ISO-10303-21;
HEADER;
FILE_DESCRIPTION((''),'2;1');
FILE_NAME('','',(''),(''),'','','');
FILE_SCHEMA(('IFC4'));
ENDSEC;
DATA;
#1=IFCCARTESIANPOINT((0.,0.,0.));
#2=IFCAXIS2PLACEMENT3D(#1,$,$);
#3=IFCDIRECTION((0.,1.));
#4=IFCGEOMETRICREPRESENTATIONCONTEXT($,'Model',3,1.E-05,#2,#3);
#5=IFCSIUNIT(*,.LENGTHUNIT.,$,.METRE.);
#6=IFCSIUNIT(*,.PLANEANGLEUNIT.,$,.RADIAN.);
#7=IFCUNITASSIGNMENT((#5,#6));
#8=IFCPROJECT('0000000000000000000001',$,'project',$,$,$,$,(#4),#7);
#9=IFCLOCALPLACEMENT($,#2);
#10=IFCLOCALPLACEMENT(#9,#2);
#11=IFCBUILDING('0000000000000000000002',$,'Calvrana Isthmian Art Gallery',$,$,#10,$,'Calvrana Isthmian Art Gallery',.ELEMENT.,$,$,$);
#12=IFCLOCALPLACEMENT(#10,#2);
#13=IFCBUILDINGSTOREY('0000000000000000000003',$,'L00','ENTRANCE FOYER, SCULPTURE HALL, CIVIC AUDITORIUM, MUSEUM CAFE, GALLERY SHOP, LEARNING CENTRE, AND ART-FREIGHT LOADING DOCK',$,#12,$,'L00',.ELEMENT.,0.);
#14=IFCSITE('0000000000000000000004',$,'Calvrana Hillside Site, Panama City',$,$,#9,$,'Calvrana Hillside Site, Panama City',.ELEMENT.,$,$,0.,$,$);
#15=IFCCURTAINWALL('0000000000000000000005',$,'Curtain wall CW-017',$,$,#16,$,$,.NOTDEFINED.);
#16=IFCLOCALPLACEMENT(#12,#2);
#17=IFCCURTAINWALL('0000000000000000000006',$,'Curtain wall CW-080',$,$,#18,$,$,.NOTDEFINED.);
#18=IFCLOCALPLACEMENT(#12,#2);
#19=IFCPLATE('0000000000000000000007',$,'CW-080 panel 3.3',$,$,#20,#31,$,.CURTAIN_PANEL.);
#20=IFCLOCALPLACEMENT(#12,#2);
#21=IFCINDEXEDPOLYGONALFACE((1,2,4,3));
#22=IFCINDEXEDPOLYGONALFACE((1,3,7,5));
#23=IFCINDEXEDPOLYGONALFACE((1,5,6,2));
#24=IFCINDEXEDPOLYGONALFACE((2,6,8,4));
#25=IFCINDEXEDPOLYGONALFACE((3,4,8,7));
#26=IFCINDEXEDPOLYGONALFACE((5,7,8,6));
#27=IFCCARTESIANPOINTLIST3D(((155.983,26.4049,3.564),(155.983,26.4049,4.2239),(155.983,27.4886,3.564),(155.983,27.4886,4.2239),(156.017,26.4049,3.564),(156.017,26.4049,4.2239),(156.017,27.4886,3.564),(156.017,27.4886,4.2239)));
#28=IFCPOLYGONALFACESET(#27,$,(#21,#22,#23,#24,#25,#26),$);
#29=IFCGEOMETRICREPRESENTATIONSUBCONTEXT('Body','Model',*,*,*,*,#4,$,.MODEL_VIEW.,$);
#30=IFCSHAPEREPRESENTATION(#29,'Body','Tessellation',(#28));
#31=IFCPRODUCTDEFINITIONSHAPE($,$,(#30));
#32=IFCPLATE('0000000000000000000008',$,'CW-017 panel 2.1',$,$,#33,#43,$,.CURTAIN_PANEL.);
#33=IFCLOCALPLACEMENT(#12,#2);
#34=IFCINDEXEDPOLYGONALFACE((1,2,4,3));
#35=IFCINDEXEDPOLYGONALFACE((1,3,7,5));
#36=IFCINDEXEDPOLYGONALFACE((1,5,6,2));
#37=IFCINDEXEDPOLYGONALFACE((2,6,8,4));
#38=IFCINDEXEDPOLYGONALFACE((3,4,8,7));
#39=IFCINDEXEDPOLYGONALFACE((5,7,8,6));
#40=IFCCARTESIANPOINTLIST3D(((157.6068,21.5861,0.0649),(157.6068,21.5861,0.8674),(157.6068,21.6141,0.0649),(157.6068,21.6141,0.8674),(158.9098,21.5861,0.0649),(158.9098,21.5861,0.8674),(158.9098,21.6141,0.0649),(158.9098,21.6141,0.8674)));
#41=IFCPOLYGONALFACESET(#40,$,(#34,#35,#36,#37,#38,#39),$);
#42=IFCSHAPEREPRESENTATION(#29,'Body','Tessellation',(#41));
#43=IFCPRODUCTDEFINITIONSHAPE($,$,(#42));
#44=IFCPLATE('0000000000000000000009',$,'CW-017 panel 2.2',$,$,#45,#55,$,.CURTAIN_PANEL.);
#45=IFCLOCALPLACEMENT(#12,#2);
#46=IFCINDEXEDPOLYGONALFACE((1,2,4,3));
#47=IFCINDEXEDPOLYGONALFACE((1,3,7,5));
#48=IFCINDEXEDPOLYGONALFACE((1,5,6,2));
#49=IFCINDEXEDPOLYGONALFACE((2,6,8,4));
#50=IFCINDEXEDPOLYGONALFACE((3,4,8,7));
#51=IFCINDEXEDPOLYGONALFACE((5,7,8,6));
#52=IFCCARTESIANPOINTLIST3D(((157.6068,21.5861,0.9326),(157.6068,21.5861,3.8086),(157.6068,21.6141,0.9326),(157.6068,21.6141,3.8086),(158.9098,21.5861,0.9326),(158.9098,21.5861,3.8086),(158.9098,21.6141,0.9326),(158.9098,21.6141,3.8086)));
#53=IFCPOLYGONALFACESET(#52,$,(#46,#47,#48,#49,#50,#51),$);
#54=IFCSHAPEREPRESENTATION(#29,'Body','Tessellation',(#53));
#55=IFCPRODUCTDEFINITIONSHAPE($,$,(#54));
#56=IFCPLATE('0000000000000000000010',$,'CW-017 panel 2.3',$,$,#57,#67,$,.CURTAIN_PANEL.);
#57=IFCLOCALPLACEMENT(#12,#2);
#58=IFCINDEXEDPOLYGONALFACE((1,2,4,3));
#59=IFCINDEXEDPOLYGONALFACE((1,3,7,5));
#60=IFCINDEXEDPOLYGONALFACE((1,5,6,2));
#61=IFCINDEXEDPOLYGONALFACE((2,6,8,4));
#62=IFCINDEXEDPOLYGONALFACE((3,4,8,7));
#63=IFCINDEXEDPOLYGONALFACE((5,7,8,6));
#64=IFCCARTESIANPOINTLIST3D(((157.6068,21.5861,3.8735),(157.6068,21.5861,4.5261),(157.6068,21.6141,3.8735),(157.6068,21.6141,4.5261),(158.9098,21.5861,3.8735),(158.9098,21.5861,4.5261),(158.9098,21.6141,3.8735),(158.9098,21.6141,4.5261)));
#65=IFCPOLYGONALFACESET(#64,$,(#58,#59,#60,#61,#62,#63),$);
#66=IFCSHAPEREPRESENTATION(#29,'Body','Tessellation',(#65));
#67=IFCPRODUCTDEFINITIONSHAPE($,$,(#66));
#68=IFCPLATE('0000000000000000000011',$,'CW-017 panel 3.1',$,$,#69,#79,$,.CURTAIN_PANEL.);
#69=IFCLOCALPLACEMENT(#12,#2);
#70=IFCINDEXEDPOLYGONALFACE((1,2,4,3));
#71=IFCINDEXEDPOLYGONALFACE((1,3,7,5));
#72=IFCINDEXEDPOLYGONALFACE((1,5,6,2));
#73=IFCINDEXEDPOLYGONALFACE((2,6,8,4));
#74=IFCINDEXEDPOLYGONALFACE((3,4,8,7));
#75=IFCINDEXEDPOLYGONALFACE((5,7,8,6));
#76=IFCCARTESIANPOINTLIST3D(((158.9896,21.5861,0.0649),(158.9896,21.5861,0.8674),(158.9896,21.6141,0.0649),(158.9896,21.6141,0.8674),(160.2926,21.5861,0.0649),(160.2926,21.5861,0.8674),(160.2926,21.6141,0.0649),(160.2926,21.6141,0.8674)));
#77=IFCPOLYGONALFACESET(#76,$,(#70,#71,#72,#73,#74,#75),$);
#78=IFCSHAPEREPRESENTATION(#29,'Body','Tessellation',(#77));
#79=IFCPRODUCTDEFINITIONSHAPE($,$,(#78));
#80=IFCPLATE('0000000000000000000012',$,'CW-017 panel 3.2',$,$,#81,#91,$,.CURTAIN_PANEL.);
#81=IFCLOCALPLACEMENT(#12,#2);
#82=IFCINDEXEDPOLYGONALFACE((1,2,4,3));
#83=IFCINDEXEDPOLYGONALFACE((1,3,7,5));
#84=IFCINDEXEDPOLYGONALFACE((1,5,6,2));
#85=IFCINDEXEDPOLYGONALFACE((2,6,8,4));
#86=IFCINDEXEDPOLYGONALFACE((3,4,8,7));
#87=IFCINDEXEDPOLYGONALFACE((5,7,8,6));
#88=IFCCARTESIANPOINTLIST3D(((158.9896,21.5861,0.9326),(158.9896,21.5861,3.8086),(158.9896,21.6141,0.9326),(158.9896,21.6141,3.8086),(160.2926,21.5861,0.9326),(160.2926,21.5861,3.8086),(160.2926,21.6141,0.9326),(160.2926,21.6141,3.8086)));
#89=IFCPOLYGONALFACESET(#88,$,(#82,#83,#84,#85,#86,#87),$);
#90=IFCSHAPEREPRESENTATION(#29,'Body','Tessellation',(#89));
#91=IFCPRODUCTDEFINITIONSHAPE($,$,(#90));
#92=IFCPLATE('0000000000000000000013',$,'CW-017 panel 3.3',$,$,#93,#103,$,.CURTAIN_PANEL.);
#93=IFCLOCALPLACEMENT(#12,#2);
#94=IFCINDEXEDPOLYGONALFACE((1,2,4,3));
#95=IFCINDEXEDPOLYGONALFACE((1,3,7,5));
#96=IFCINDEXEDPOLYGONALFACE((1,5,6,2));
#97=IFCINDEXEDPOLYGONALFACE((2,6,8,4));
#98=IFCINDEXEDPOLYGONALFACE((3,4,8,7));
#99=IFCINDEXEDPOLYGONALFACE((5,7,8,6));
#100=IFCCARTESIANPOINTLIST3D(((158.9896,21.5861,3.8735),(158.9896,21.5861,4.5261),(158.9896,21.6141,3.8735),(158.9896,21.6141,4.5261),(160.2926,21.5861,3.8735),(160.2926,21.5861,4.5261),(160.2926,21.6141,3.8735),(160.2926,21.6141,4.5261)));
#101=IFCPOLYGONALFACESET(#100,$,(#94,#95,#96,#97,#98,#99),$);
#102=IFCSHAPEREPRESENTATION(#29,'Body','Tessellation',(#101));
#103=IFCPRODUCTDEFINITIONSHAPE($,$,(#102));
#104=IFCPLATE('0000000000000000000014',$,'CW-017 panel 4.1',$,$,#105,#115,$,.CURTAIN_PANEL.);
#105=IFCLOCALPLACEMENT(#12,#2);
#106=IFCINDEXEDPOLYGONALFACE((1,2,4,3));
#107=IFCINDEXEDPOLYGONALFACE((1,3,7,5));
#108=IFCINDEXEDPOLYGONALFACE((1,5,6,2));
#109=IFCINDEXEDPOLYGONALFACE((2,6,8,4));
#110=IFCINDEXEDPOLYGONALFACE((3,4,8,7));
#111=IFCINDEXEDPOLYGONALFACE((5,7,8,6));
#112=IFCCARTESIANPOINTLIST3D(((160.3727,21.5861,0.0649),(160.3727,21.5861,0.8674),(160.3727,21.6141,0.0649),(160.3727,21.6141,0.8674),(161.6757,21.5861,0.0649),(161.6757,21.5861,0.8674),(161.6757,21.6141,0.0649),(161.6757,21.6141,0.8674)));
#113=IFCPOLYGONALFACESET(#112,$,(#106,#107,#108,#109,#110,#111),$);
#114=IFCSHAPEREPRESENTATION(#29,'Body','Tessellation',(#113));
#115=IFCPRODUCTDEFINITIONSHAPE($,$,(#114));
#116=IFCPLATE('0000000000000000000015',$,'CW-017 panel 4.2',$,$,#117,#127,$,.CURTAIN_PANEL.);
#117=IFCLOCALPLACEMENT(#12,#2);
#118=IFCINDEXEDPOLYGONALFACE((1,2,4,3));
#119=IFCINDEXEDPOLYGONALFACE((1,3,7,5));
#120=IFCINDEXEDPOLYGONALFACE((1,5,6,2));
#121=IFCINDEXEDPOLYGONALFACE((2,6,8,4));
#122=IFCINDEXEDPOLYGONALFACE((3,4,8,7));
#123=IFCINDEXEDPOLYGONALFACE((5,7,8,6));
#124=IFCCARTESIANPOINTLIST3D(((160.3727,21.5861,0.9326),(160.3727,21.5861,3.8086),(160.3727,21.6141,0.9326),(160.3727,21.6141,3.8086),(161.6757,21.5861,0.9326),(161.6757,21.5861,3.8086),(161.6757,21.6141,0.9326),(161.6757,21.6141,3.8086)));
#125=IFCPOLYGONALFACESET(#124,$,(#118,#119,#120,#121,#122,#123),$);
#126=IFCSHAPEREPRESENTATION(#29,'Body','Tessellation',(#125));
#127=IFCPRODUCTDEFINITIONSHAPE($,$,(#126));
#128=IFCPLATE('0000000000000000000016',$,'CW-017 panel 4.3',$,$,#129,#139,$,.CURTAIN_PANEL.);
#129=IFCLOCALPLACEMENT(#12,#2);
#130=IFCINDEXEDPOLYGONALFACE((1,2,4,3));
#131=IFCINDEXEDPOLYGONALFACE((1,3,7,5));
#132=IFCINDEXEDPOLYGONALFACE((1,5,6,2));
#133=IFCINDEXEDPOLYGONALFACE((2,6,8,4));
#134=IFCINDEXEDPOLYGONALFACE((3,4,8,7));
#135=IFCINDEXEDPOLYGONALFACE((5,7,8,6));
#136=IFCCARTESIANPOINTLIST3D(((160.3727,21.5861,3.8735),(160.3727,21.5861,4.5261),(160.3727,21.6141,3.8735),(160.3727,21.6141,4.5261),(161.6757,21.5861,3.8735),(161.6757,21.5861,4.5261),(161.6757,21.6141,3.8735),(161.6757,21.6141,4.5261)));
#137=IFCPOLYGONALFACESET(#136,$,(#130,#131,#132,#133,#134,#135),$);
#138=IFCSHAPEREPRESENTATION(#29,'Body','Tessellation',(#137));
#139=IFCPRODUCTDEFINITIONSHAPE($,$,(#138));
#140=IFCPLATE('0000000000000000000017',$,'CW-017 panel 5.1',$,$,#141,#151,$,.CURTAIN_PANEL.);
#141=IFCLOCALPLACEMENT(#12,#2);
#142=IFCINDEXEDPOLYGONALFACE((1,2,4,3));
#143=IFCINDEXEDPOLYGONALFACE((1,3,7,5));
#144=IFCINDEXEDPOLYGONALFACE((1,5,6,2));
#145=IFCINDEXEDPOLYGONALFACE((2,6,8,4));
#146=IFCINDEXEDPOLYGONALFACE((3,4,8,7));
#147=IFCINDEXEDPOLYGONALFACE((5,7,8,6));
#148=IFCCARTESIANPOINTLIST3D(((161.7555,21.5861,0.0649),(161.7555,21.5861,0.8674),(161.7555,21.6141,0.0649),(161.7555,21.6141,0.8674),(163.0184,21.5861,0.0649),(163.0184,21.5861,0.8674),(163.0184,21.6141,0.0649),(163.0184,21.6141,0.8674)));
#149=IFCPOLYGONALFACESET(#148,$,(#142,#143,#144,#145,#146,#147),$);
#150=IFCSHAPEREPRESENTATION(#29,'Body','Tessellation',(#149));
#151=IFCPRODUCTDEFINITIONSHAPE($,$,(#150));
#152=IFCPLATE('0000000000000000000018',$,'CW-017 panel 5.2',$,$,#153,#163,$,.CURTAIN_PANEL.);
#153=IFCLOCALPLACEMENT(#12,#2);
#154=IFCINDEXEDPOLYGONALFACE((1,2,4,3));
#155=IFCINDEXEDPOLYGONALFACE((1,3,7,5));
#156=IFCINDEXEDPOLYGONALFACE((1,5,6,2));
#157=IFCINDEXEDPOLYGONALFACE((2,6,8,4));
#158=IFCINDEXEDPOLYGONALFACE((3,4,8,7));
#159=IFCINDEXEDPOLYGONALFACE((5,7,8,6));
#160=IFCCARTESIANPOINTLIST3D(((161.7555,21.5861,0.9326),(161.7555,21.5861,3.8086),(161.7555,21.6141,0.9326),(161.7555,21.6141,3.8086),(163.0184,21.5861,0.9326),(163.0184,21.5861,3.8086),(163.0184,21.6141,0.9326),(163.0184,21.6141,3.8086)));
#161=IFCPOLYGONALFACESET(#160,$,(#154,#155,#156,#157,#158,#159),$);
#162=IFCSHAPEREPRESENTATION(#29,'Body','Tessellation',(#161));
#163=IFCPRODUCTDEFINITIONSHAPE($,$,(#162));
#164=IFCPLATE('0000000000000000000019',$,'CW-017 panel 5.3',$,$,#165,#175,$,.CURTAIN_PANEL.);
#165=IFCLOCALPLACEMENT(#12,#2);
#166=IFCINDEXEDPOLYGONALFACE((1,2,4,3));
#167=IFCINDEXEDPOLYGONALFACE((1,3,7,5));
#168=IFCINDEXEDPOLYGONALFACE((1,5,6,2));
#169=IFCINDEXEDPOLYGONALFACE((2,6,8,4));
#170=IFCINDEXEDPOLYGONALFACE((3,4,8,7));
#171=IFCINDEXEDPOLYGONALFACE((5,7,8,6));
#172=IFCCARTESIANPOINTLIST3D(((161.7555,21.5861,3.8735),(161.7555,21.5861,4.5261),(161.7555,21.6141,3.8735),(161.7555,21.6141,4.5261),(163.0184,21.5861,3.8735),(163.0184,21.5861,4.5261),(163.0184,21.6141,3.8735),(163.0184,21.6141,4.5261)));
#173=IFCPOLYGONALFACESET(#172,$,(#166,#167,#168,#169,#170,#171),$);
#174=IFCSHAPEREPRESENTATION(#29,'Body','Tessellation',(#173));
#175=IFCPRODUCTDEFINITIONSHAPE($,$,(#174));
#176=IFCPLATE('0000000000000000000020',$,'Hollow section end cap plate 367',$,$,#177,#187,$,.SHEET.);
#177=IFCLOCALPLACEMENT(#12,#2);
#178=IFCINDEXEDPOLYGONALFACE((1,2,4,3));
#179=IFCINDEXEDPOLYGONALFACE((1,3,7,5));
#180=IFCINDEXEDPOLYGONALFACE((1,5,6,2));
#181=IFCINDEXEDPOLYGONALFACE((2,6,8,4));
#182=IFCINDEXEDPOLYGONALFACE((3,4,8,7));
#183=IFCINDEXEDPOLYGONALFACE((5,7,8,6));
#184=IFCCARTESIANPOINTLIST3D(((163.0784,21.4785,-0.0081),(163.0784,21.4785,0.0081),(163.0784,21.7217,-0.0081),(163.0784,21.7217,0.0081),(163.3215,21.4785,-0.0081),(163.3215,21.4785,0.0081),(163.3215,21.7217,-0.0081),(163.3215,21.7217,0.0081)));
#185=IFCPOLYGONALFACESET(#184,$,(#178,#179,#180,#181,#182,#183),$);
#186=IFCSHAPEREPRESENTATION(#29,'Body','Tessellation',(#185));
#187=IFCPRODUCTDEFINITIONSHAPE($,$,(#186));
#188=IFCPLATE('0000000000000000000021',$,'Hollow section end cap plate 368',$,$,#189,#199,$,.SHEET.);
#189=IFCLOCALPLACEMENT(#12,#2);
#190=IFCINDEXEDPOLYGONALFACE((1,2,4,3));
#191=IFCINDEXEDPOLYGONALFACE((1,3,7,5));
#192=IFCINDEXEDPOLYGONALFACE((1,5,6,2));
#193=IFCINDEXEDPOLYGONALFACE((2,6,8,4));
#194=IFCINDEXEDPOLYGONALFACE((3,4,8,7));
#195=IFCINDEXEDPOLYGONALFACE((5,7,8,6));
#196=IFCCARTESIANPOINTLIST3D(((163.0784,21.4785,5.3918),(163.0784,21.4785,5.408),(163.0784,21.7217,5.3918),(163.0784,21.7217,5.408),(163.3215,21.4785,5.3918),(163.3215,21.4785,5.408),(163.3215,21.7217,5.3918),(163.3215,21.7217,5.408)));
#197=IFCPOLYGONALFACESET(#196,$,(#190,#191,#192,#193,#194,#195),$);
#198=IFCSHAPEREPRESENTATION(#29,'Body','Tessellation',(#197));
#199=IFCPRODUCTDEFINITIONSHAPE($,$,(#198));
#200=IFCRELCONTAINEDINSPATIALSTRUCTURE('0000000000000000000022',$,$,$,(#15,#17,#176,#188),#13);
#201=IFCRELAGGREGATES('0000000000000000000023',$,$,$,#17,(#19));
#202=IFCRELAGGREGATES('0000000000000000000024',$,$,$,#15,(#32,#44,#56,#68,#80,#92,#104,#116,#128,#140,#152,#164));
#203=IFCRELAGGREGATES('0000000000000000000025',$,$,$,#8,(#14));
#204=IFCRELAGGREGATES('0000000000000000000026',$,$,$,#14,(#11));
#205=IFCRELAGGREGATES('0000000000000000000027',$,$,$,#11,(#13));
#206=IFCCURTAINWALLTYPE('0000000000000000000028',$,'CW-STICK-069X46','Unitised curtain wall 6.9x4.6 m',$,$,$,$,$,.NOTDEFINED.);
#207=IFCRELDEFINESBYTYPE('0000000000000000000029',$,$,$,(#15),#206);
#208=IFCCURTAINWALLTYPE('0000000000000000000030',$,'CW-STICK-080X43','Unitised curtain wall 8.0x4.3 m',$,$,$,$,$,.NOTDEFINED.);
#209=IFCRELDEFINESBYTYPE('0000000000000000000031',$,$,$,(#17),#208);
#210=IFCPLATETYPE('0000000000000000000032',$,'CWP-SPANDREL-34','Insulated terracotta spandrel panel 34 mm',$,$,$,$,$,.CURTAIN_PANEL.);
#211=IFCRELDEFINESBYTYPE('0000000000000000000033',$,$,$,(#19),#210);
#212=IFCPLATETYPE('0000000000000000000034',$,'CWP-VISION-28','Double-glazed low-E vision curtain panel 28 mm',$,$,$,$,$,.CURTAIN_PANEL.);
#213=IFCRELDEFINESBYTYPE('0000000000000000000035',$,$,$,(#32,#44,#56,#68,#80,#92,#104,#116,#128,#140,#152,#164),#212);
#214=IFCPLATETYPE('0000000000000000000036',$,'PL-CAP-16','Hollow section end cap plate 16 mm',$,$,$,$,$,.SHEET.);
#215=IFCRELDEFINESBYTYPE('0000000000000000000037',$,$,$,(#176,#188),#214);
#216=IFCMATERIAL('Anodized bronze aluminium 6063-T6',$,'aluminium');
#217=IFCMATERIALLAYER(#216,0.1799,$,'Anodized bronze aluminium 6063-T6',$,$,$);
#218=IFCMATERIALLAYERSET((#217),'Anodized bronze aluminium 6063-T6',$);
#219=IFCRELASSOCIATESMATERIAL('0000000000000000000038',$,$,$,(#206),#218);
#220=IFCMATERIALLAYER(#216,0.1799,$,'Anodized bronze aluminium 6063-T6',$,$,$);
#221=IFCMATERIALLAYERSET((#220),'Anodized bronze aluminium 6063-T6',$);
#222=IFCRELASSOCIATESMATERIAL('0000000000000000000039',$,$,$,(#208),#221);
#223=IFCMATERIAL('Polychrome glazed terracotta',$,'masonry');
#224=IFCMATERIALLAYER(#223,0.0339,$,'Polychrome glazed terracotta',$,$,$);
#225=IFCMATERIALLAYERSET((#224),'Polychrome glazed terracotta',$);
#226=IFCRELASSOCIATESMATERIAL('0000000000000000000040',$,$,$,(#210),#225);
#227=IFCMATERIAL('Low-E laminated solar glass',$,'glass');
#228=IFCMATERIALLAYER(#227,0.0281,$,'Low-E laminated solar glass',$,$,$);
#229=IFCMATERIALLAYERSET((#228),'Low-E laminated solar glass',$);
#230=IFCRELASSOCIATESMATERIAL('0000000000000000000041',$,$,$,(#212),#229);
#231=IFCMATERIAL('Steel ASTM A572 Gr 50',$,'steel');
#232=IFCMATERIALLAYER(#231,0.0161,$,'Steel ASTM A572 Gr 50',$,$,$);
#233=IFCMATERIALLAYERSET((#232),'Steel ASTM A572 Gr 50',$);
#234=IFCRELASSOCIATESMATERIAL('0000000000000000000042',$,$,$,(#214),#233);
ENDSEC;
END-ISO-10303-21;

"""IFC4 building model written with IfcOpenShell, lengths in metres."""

from ifc_helpers import new_model, si_unit, direction, frame, origin, origin_2d, place, context, subcontext, project, spatial, rectangle, extrude, material, layer, layer_set, type_object, element, aggregate, save


model = new_model("IFC4")

# Units and contexts
model_context = context("Model", 3, precision=1e-05, world=origin(), true_north=direction((0.0, 1.0)))
body_context = subcontext(model_context, "Body", "Model", "MODEL_VIEW")
ifc_project = project(units=[si_unit("LENGTHUNIT", "METRE"), si_unit("PLANEANGLEUNIT", "RADIAN")], contexts=[model_context])

# Site, building, storey
site_placement = place(None, origin())
site = spatial("IfcSite", under=ifc_project, at=site_placement, Name="Calvrana Hillside Site, Panama City", LongName="Calvrana Hillside Site, Panama City", CompositionType="ELEMENT", RefElevation=0.0)
building_placement = place(site_placement, origin())
building = spatial("IfcBuilding", under=site, at=building_placement, Name="Calvrana Isthmian Art Gallery", LongName="Calvrana Isthmian Art Gallery", CompositionType="ELEMENT")
storey_placement = place(building_placement, origin())
storey = spatial("IfcBuildingStorey", under=building, at=storey_placement, Name="L00", Description="ENTRANCE FOYER, SCULPTURE HALL, CIVIC AUDITORIUM, MUSEUM CAFE, GALLERY SHOP, LEARNING CENTRE, AND ART-FREIGHT LOADING DOCK", LongName="L00", CompositionType="ELEMENT", Elevation=0.0)

# Curtain wall
ifc_material_1 = material(Name="Anodized bronze aluminium 6063-T6", Category="aluminium")
ifc_layer_1 = layer(ifc_material_1, 0.1799, Name="Anodized bronze aluminium 6063-T6")
ifc_layer_set_1 = layer_set([ifc_layer_1], Name="Anodized bronze aluminium 6063-T6")
curtain_wall_type_1 = type_object("IfcCurtainWallType", Name="CW-STICK-069X46", Description="Unitised curtain wall 6.9x4.6 m", PredefinedType="NOTDEFINED", material=ifc_layer_set_1)
curtain_wall_1_placement = place(storey_placement, origin())
curtain_wall_1 = element("IfcCurtainWall", 1, at=curtain_wall_1_placement, inside=storey, type_object=curtain_wall_type_1, Name="Curtain wall CW-017", PredefinedType="NOTDEFINED")

# Curtain wall, plate
ifc_layer_2 = layer(ifc_material_1, 0.1799, Name="Anodized bronze aluminium 6063-T6")
ifc_layer_set_2 = layer_set([ifc_layer_2], Name="Anodized bronze aluminium 6063-T6")
curtain_wall_type_2 = type_object("IfcCurtainWallType", Name="CW-STICK-080X43", Description="Unitised curtain wall 8.0x4.3 m", PredefinedType="NOTDEFINED", material=ifc_layer_set_2)
curtain_wall_2_placement = place(storey_placement, origin())
curtain_wall_2 = element("IfcCurtainWall", 2, at=curtain_wall_2_placement, inside=storey, type_object=curtain_wall_type_2, Name="Curtain wall CW-080", PredefinedType="NOTDEFINED")
ifc_material_2 = material(Name="Polychrome glazed terracotta", Category="masonry")
ifc_layer_3 = layer(ifc_material_2, 0.0339, Name="Polychrome glazed terracotta")
ifc_layer_set_3 = layer_set([ifc_layer_3], Name="Polychrome glazed terracotta")
plate_type_1 = type_object("IfcPlateType", Name="CWP-SPANDREL-34", Description="Insulated terracotta spandrel panel 34 mm", PredefinedType="CURTAIN_PANEL", material=ifc_layer_set_3)
plate_1_placement = place(storey_placement, frame((156.0, 26.9468, 3.564), z_axis=(0.0, 0.0, 1.0), x_axis=(0.0, -1.0, 0.0)))
plate_1 = element("IfcPlate", 3, at=plate_1_placement, type_object=plate_type_1, Name="CW-080 panel 3.3", PredefinedType="CURTAIN_PANEL", context=body_context, shape_type="SweptSolid", body=[
    extrude(rectangle(XDim=1.0837, YDim=0.0339, at=origin_2d()), origin(), (0.0, 0.0, 1.0), 0.6599),
])
aggregate(curtain_wall_2, [plate_1])

# Plates
ifc_material_3 = material(Name="Low-E laminated solar glass", Category="glass")
ifc_layer_4 = layer(ifc_material_3, 0.0281, Name="Low-E laminated solar glass")
ifc_layer_set_4 = layer_set([ifc_layer_4], Name="Low-E laminated solar glass")
plate_type_2 = type_object("IfcPlateType", Name="CWP-VISION-28", Description="Double-glazed low-E vision curtain panel 28 mm", PredefinedType="CURTAIN_PANEL", material=ifc_layer_set_4)
plate_2_placement = place(storey_placement, frame((158.2583, 21.6001, 0.0649), z_axis=(0.0, 0.0, 1.0), x_axis=(1.0, 0.0, 0.0)))
plate_2 = element("IfcPlate", 4, at=plate_2_placement, type_object=plate_type_2, Name="CW-017 panel 2.1", PredefinedType="CURTAIN_PANEL", context=body_context, shape_type="SweptSolid", body=[
    extrude(rectangle(XDim=1.303, YDim=0.0281, at=origin_2d()), origin(), (0.0, 0.0, 1.0), 0.8025),
])
plate_3_placement = place(storey_placement, frame((158.2583, 21.6001, 0.9326), z_axis=(0.0, 0.0, 1.0), x_axis=(1.0, 0.0, 0.0)))
plate_3 = element("IfcPlate", 5, at=plate_3_placement, type_object=plate_type_2, Name="CW-017 panel 2.2", PredefinedType="CURTAIN_PANEL", context=body_context, shape_type="SweptSolid", body=[
    extrude(rectangle(XDim=1.303, YDim=0.0281, at=origin_2d()), origin(), (0.0, 0.0, 1.0), 2.876),
])
plate_4_placement = place(storey_placement, frame((158.2583, 21.6001, 3.8735), z_axis=(0.0, 0.0, 1.0), x_axis=(1.0, 0.0, 0.0)))
plate_4 = element("IfcPlate", 6, at=plate_4_placement, type_object=plate_type_2, Name="CW-017 panel 2.3", PredefinedType="CURTAIN_PANEL", context=body_context, shape_type="SweptSolid", body=[
    extrude(rectangle(XDim=1.303, YDim=0.0281, at=origin_2d()), origin(), (0.0, 0.0, 1.0), 0.6526),
])
plate_5_placement = place(storey_placement, frame((159.6411, 21.6001, 0.0649), z_axis=(0.0, 0.0, 1.0), x_axis=(1.0, 0.0, 0.0)))
plate_5 = element("IfcPlate", 7, at=plate_5_placement, type_object=plate_type_2, Name="CW-017 panel 3.1", PredefinedType="CURTAIN_PANEL", context=body_context, shape_type="SweptSolid", body=[
    extrude(rectangle(XDim=1.303, YDim=0.0281, at=origin_2d()), origin(), (0.0, 0.0, 1.0), 0.8025),
])
plate_6_placement = place(storey_placement, frame((159.6411, 21.6001, 0.9326), z_axis=(0.0, 0.0, 1.0), x_axis=(1.0, 0.0, 0.0)))
plate_6 = element("IfcPlate", 8, at=plate_6_placement, type_object=plate_type_2, Name="CW-017 panel 3.2", PredefinedType="CURTAIN_PANEL", context=body_context, shape_type="SweptSolid", body=[
    extrude(rectangle(XDim=1.303, YDim=0.0281, at=origin_2d()), origin(), (0.0, 0.0, 1.0), 2.876),
])
plate_7_placement = place(storey_placement, frame((159.6411, 21.6001, 3.8735), z_axis=(0.0, 0.0, 1.0), x_axis=(1.0, 0.0, 0.0)))
plate_7 = element("IfcPlate", 9, at=plate_7_placement, type_object=plate_type_2, Name="CW-017 panel 3.3", PredefinedType="CURTAIN_PANEL", context=body_context, shape_type="SweptSolid", body=[
    extrude(rectangle(XDim=1.303, YDim=0.0281, at=origin_2d()), origin(), (0.0, 0.0, 1.0), 0.6526),
])
plate_8_placement = place(storey_placement, frame((161.0242, 21.6001, 0.0649), z_axis=(0.0, 0.0, 1.0), x_axis=(1.0, 0.0, 0.0)))
plate_8 = element("IfcPlate", 10, at=plate_8_placement, type_object=plate_type_2, Name="CW-017 panel 4.1", PredefinedType="CURTAIN_PANEL", context=body_context, shape_type="SweptSolid", body=[
    extrude(rectangle(XDim=1.303, YDim=0.0281, at=origin_2d()), origin(), (0.0, 0.0, 1.0), 0.8025),
])
plate_9_placement = place(storey_placement, frame((161.0242, 21.6001, 0.9326), z_axis=(0.0, 0.0, 1.0), x_axis=(1.0, 0.0, 0.0)))
plate_9 = element("IfcPlate", 11, at=plate_9_placement, type_object=plate_type_2, Name="CW-017 panel 4.2", PredefinedType="CURTAIN_PANEL", context=body_context, shape_type="SweptSolid", body=[
    extrude(rectangle(XDim=1.303, YDim=0.0281, at=origin_2d()), origin(), (0.0, 0.0, 1.0), 2.876),
])
plate_10_placement = place(storey_placement, frame((161.0242, 21.6001, 3.8735), z_axis=(0.0, 0.0, 1.0), x_axis=(1.0, 0.0, 0.0)))
plate_10 = element("IfcPlate", 12, at=plate_10_placement, type_object=plate_type_2, Name="CW-017 panel 4.3", PredefinedType="CURTAIN_PANEL", context=body_context, shape_type="SweptSolid", body=[
    extrude(rectangle(XDim=1.303, YDim=0.0281, at=origin_2d()), origin(), (0.0, 0.0, 1.0), 0.6526),
])
plate_11_placement = place(storey_placement, frame((162.387, 21.6001, 0.0649), z_axis=(0.0, 0.0, 1.0), x_axis=(1.0, 0.0, 0.0)))
plate_11 = element("IfcPlate", 13, at=plate_11_placement, type_object=plate_type_2, Name="CW-017 panel 5.1", PredefinedType="CURTAIN_PANEL", context=body_context, shape_type="SweptSolid", body=[
    extrude(rectangle(XDim=1.2629, YDim=0.0281, at=origin_2d()), origin(), (0.0, 0.0, 1.0), 0.8025),
])
plate_12_placement = place(storey_placement, frame((162.387, 21.6001, 0.9326), z_axis=(0.0, 0.0, 1.0), x_axis=(1.0, 0.0, 0.0)))
plate_12 = element("IfcPlate", 14, at=plate_12_placement, type_object=plate_type_2, Name="CW-017 panel 5.2", PredefinedType="CURTAIN_PANEL", context=body_context, shape_type="SweptSolid", body=[
    extrude(rectangle(XDim=1.2629, YDim=0.0281, at=origin_2d()), origin(), (0.0, 0.0, 1.0), 2.876),
])
plate_13_placement = place(storey_placement, frame((162.387, 21.6001, 3.8735), z_axis=(0.0, 0.0, 1.0), x_axis=(1.0, 0.0, 0.0)))
plate_13 = element("IfcPlate", 15, at=plate_13_placement, type_object=plate_type_2, Name="CW-017 panel 5.3", PredefinedType="CURTAIN_PANEL", context=body_context, shape_type="SweptSolid", body=[
    extrude(rectangle(XDim=1.2629, YDim=0.0281, at=origin_2d()), origin(), (0.0, 0.0, 1.0), 0.6526),
])
aggregate(curtain_wall_1, [plate_2, plate_3, plate_4, plate_5, plate_6, plate_7, plate_8, plate_9, plate_10, plate_11, plate_12, plate_13])

# Plates
ifc_material_4 = material(Name="Steel ASTM A572 Gr 50", Category="steel")
ifc_layer_5 = layer(ifc_material_4, 0.0161, Name="Steel ASTM A572 Gr 50")
ifc_layer_set_5 = layer_set([ifc_layer_5], Name="Steel ASTM A572 Gr 50")
plate_type_3 = type_object("IfcPlateType", Name="PL-CAP-16", Description="Hollow section end cap plate 16 mm", PredefinedType="SHEET", material=ifc_layer_set_5)
for number, where, z_axis, x_axis, name in (
    (16, (163.2, 21.6001, -0.0081), (0.0, 0.0, 1.0), (1.0, 0.0, 0.0), "Hollow section end cap plate 367"),
    (17, (163.2, 21.6001, 5.3918), (0.0, 0.0, 1.0), (1.0, 0.0, 0.0), "Hollow section end cap plate 368"),
):
    element("IfcPlate", number, at=place(storey_placement, frame(where, z_axis=z_axis, x_axis=x_axis)), inside=storey, type_object=plate_type_3, Name=name, PredefinedType="SHEET", context=body_context, shape_type="SweptSolid", body=[
        extrude(rectangle(XDim=0.2432, YDim=0.2432, at=origin_2d()), origin(), (0.0, 0.0, 1.0), 0.0161),
    ])

save(model, "model.ifc")
